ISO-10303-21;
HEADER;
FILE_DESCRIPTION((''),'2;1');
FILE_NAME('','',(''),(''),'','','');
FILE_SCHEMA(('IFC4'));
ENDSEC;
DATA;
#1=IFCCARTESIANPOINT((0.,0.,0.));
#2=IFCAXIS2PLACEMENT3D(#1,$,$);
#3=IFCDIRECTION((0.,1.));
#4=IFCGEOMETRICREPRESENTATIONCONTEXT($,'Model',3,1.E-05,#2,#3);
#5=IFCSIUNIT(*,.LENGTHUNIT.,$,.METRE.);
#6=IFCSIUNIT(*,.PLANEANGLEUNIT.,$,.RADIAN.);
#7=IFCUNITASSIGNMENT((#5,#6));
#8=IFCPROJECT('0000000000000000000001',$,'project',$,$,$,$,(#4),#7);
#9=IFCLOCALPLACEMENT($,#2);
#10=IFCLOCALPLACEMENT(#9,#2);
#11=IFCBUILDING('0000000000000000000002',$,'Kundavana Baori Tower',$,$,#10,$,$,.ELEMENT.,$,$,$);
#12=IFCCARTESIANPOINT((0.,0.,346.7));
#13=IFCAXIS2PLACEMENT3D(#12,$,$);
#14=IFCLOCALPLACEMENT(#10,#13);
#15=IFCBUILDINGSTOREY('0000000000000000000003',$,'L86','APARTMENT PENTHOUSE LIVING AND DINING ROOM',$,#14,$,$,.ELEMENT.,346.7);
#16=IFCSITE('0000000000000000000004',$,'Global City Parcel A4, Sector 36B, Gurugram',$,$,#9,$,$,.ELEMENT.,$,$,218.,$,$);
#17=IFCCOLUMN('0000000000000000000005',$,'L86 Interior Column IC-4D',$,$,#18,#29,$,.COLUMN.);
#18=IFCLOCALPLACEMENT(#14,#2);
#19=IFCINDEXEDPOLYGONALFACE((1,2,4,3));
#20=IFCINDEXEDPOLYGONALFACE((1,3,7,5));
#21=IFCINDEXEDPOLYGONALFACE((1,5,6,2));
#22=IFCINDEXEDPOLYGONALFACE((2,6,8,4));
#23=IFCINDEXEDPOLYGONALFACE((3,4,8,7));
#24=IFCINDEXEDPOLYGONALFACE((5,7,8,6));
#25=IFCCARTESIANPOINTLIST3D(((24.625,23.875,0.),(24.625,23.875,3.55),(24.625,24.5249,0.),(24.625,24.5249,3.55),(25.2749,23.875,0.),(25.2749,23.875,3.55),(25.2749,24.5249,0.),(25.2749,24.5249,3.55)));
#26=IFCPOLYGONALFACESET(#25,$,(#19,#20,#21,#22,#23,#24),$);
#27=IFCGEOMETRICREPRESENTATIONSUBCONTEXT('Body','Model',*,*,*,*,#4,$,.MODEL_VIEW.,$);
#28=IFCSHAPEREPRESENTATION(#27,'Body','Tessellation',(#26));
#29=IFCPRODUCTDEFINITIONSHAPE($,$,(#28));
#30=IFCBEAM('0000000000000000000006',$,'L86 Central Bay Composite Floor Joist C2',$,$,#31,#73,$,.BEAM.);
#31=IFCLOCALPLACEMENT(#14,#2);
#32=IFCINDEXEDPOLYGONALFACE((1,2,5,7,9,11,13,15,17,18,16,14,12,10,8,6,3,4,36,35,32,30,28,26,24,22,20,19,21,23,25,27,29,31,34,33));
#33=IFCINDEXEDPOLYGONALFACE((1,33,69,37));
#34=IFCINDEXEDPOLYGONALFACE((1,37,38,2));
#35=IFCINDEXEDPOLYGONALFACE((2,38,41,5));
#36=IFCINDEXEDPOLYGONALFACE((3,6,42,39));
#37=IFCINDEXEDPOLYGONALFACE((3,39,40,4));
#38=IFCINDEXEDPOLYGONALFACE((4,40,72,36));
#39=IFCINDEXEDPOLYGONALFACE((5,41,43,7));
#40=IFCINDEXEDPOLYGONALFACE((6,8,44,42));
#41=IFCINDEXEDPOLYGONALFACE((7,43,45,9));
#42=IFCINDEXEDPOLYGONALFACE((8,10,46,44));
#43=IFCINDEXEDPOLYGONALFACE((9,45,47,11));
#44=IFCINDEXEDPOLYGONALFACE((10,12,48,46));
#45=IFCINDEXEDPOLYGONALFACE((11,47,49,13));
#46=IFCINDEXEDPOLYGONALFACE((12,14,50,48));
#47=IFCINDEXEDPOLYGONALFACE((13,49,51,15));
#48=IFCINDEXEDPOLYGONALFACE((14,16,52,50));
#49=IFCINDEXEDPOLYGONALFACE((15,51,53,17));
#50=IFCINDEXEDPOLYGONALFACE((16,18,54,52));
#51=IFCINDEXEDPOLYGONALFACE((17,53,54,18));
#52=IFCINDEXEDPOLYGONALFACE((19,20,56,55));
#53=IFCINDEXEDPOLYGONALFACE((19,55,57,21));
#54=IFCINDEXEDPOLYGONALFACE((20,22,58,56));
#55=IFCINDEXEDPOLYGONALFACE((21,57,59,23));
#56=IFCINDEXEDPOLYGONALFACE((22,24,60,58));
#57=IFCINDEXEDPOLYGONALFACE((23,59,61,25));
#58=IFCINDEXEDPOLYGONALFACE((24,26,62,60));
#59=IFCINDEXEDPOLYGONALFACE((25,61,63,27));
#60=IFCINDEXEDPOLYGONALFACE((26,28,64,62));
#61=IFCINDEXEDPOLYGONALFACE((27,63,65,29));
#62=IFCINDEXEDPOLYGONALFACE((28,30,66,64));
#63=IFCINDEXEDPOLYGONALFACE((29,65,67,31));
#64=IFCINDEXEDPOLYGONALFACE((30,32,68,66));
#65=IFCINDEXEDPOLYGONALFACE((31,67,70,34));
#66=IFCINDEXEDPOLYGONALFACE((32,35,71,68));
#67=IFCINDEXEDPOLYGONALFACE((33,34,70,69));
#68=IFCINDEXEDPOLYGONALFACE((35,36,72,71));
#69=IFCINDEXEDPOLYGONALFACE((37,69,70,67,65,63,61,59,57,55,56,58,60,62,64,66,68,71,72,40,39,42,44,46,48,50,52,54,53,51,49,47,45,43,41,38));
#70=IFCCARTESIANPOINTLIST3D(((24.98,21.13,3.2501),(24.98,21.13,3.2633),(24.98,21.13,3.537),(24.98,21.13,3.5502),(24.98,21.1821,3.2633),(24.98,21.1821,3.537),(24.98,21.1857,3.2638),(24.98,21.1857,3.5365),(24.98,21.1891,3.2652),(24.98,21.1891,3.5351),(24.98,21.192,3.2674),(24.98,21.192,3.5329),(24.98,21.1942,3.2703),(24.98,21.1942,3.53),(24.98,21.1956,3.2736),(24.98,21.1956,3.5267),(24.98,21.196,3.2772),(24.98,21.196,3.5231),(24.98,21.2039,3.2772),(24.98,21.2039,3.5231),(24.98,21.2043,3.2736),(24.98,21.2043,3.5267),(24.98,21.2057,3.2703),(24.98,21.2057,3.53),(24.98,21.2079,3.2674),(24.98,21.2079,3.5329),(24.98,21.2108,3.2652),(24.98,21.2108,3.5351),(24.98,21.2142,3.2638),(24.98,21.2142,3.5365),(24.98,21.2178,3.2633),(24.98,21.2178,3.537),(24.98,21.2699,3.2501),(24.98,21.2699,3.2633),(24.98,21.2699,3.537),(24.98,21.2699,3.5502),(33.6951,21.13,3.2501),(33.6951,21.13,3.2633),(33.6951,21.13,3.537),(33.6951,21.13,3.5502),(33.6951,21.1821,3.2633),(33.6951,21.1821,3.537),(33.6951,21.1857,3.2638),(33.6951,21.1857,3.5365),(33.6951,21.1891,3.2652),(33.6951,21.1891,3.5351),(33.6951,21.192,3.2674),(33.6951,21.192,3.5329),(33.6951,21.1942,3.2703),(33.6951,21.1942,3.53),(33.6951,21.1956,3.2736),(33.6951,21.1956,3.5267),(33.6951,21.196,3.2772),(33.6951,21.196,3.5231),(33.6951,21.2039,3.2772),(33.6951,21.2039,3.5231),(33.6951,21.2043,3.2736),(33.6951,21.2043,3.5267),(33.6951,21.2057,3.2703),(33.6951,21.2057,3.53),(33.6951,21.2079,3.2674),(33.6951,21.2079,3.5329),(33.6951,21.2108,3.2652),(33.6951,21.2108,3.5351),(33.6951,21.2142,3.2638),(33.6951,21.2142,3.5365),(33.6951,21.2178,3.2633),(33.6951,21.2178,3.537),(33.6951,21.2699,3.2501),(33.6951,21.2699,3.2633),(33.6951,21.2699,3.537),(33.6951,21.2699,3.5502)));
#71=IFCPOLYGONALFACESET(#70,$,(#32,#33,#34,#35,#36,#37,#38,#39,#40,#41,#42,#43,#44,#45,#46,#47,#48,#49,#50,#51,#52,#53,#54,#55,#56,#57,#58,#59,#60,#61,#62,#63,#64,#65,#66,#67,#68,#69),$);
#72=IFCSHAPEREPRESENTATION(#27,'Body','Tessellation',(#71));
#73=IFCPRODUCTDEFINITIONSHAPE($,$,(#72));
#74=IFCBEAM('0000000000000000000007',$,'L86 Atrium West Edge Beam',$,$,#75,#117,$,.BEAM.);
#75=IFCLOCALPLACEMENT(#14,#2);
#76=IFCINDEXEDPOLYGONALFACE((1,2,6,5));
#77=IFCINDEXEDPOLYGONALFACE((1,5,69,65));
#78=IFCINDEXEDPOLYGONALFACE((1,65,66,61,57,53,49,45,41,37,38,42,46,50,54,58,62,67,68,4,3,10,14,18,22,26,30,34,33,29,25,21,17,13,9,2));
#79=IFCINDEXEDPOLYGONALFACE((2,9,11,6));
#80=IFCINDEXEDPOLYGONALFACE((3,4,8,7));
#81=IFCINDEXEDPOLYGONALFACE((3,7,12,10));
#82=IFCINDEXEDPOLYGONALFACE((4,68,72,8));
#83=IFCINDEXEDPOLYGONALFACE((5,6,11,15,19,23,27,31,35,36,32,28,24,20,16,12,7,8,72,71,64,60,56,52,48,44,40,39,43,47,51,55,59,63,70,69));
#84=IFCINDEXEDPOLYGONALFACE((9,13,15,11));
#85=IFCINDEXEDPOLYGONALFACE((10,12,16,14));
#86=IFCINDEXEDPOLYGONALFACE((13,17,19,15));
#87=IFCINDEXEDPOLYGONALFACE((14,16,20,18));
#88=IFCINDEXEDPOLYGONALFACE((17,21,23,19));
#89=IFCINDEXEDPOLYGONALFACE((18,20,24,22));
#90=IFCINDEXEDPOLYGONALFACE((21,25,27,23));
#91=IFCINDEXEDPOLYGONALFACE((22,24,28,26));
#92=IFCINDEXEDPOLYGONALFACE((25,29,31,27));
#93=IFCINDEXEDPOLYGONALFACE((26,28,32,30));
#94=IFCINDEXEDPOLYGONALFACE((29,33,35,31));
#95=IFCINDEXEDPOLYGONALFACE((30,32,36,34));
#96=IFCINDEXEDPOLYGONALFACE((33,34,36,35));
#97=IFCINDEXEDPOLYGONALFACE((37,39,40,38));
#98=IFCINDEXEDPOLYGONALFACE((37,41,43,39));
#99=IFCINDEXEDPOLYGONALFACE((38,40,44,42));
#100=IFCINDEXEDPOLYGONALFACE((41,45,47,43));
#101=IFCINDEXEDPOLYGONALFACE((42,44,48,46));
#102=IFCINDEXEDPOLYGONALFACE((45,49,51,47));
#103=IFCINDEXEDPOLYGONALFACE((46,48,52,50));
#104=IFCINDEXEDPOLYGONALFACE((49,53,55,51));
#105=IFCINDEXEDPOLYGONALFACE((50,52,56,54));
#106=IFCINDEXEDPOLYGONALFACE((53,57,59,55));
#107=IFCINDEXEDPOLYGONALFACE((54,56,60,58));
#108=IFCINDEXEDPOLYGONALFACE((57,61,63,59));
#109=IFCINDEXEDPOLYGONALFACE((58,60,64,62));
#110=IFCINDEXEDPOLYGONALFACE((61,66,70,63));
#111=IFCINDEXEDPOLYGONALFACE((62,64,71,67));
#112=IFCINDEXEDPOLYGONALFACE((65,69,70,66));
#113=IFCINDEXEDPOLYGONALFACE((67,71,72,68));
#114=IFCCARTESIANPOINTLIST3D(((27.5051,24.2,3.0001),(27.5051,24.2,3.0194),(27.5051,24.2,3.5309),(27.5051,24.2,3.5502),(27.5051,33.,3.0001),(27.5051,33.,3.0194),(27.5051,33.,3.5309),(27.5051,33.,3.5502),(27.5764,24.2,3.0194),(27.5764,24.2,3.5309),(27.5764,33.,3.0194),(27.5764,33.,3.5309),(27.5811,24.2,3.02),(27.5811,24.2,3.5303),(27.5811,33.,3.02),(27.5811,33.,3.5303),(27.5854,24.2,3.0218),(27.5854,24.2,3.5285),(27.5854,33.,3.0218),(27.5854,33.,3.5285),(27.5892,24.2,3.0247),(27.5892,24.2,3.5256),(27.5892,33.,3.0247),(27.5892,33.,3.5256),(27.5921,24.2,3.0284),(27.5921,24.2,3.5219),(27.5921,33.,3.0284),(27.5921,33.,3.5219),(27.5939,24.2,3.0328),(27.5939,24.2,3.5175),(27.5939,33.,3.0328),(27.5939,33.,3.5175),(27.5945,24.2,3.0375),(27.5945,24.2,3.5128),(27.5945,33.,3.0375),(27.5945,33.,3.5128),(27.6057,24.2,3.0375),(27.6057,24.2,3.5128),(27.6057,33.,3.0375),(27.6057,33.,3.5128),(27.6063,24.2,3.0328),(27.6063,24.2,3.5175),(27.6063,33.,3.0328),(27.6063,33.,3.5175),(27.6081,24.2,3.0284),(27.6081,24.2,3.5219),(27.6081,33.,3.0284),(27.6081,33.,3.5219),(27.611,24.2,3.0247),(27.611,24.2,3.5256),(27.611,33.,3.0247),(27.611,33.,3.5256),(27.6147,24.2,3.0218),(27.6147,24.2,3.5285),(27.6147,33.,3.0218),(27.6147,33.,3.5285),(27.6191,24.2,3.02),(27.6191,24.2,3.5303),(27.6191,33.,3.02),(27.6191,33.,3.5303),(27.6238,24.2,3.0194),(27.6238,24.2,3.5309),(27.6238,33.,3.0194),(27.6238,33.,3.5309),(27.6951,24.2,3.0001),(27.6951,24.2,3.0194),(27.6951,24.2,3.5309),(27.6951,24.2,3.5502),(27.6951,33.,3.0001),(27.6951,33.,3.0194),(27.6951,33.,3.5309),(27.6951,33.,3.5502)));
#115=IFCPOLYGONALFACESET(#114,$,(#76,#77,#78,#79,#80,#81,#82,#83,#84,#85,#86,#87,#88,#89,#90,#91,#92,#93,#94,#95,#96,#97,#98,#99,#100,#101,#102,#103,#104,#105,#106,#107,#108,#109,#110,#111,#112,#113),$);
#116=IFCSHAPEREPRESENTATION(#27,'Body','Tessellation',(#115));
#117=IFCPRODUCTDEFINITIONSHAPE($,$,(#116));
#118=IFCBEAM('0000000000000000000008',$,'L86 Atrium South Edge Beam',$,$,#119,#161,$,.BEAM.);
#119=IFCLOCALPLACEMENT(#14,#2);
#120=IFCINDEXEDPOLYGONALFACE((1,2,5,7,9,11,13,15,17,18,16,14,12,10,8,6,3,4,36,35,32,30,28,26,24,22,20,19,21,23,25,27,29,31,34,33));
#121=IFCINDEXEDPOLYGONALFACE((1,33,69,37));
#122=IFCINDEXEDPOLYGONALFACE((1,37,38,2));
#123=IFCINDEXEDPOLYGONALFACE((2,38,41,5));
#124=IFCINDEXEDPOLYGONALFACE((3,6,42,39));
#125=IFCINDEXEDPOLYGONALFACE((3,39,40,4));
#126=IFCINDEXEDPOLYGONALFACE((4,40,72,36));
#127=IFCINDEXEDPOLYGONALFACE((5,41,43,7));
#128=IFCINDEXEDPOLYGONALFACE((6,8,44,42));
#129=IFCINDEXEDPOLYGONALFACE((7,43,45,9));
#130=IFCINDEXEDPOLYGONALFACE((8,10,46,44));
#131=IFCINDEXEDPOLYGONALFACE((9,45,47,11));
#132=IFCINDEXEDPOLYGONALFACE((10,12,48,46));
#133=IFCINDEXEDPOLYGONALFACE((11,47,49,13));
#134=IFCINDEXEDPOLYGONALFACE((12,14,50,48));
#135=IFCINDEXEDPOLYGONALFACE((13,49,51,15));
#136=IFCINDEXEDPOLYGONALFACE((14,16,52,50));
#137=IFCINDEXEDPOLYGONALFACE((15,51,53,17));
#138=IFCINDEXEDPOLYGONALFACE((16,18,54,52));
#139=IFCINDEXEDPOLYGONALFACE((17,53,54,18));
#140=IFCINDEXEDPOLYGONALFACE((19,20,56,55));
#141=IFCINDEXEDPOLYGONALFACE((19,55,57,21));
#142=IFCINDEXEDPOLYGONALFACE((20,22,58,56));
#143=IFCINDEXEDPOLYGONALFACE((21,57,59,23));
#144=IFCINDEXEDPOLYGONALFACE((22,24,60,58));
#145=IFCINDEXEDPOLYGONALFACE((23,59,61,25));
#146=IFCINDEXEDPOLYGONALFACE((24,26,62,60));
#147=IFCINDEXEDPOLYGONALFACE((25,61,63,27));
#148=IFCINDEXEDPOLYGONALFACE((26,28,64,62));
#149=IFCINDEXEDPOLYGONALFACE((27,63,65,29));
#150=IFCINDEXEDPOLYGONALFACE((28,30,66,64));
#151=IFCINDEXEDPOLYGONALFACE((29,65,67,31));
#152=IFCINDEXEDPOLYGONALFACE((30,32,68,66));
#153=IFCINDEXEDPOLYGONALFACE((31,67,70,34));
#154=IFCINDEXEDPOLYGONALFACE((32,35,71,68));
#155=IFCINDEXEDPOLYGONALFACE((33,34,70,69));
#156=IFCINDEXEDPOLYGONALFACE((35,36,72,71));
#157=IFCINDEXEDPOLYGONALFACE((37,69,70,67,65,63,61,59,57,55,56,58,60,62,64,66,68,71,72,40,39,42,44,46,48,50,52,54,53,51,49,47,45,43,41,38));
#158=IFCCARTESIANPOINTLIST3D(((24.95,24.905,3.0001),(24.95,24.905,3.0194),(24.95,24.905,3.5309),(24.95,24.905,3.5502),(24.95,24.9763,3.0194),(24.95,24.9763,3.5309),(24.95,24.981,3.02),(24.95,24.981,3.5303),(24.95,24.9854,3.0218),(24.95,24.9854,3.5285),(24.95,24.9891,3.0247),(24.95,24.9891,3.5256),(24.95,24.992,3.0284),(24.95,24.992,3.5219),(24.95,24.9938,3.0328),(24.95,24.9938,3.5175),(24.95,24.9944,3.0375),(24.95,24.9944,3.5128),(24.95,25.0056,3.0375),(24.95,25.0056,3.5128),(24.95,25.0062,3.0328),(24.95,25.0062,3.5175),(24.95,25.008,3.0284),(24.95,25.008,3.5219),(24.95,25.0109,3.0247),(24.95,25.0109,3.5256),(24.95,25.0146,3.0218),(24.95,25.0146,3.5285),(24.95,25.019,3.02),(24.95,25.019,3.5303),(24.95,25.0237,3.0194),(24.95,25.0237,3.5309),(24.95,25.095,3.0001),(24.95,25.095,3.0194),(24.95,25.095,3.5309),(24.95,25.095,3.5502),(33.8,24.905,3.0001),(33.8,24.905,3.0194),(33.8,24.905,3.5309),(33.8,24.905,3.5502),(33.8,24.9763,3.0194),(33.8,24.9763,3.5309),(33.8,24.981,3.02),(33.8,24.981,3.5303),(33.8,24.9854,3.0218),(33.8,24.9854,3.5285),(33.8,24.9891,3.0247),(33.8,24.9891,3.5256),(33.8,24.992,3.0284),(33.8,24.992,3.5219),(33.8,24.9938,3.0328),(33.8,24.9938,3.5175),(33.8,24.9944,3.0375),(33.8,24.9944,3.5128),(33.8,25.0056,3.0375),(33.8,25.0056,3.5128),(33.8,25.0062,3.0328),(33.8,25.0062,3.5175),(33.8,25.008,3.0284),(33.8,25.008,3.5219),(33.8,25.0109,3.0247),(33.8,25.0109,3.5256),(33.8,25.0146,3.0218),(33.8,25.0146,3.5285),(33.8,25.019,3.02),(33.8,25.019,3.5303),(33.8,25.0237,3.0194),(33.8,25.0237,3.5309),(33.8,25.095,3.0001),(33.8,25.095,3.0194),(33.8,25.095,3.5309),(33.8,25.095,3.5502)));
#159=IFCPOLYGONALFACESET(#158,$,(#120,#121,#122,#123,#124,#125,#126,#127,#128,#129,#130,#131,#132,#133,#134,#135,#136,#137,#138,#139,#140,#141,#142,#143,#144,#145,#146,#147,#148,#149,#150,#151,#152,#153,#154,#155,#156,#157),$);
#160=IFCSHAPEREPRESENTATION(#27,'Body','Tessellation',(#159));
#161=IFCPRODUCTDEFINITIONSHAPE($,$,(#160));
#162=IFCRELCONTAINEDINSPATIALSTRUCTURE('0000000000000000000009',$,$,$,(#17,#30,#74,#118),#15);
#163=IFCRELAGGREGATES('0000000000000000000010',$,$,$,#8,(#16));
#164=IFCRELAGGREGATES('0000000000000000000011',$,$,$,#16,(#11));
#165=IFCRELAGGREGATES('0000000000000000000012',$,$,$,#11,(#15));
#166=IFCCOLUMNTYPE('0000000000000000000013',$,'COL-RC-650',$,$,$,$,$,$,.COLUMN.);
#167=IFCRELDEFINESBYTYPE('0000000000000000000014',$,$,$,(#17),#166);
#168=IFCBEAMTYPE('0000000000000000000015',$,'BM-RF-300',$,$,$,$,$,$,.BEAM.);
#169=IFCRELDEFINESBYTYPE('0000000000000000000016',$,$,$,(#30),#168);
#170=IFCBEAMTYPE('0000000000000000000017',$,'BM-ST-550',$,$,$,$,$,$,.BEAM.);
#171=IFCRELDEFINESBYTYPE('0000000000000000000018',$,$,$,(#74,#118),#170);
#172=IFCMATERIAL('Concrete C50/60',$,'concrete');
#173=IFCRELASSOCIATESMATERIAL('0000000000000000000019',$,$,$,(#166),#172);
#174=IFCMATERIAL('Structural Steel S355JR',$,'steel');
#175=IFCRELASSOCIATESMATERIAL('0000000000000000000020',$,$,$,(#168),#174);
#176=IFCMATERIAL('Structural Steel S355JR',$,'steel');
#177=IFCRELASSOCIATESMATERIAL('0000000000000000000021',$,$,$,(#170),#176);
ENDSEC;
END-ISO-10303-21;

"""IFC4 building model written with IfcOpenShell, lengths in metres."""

from ifc_helpers import new_model, si_unit, direction, frame, origin, origin_2d, place, context, subcontext, project, spatial, rectangle, i_section, extrude, material, material_profile, profile_set, type_object, element, save


model = new_model("IFC4")

# Units and contexts
model_context = context("Model", 3, precision=1e-05, world=origin(), true_north=direction((0.0, 1.0)))
body_context = subcontext(model_context, "Body", "Model", "MODEL_VIEW")
ifc_project = project(units=[si_unit("LENGTHUNIT", "METRE"), si_unit("PLANEANGLEUNIT", "RADIAN")], contexts=[model_context])

# Site, building, storey
site_placement = place(None, origin())
site = spatial("IfcSite", under=ifc_project, at=site_placement, Name="Global City Parcel A4, Sector 36B, Gurugram", CompositionType="ELEMENT", RefElevation=218.0)
building_placement = place(site_placement, origin())
building = spatial("IfcBuilding", under=site, at=building_placement, Name="Kundavana Baori Tower", CompositionType="ELEMENT")
storey_placement = place(building_placement, frame((0.0, 0.0, 346.7)))
storey = spatial("IfcBuildingStorey", under=building, at=storey_placement, Name="L86", Description="APARTMENT PENTHOUSE LIVING AND DINING ROOM", CompositionType="ELEMENT", Elevation=346.7)

# Column
ifc_material_1 = material(Name="Concrete C50/60", Category="concrete")
ifc_material_profile_1 = material_profile(ifc_material_1, rectangle(XDim=0.6499, YDim=0.6499, at=origin_2d()), Name="RC 650x650")
ifc_profile_set_1 = profile_set([ifc_material_profile_1], Name="Concrete C50/60")
column_type = type_object("IfcColumnType", Name="COL-RC-650", PredefinedType="COLUMN", material=ifc_profile_set_1)
column_placement = place(storey_placement, frame((24.95, 24.2, 0.0), z_axis=(0.0, 0.0, 1.0), x_axis=(1.0, 0.0, 0.0)))
element("IfcColumn", 1, at=column_placement, inside=storey, type_object=column_type, Name="L86 Interior Column IC-4D", PredefinedType="COLUMN", context=body_context, shape_type="SweptSolid", body=[
    extrude(rectangle(XDim=0.6499, YDim=0.6499, at=origin_2d()), origin(), (0.0, 0.0, 1.0), 3.55),
])

# Beams
ifc_material_2 = material(Name="Structural Steel S355JR", Category="steel")
ifc_material_profile_2 = material_profile(ifc_material_2, i_section(OverallWidth=0.1399, OverallDepth=0.3, WebThickness=0.0078, FlangeThickness=0.0132, FilletRadius=0.0139, at=origin_2d()), Name="ISMB 300")
ifc_profile_set_2 = profile_set([ifc_material_profile_2], Name="Structural Steel S355JR")
beam_type_1 = type_object("IfcBeamType", Name="BM-RF-300", PredefinedType="BEAM", material=ifc_profile_set_2)
beam_1_placement = place(storey_placement, frame((24.98, 21.2, 3.4001), z_axis=(1.0, 0.0, 0.0), x_axis=(0.0, 1.0, 0.0)))
element("IfcBeam", 2, at=beam_1_placement, inside=storey, type_object=beam_type_1, Name="L86 Central Bay Composite Floor Joist C2", PredefinedType="BEAM", context=body_context, shape_type="SweptSolid", body=[
    extrude(i_section(OverallWidth=0.1399, OverallDepth=0.3, WebThickness=0.0078, FlangeThickness=0.0132, FilletRadius=0.0139, at=origin_2d()), origin(), (0.0, 0.0, 1.0), 8.7151),
])
ifc_material_3 = material(Name="Structural Steel S355JR", Category="steel")
ifc_material_profile_3 = material_profile(ifc_material_3, i_section(OverallWidth=0.1899, OverallDepth=0.55, WebThickness=0.0112, FlangeThickness=0.0193, FilletRadius=0.0181, at=origin_2d()), Name="ISMB 550")
ifc_profile_set_3 = profile_set([ifc_material_profile_3], Name="Structural Steel S355JR")
beam_type_2 = type_object("IfcBeamType", Name="BM-ST-550", PredefinedType="BEAM", material=ifc_profile_set_3)
beam_2_placement = place(storey_placement, frame((27.6001, 24.2, 3.2751), z_axis=(0.0, 1.0, 0.0), x_axis=(-1.0, 0.0, 0.0)))
element("IfcBeam", 3, at=beam_2_placement, inside=storey, type_object=beam_type_2, Name="L86 Atrium West Edge Beam", PredefinedType="BEAM", context=body_context, shape_type="SweptSolid", body=[
    extrude(i_section(OverallWidth=0.1899, OverallDepth=0.55, WebThickness=0.0112, FlangeThickness=0.0193, FilletRadius=0.0181, at=origin_2d()), origin(), (0.0, 0.0, 1.0), 8.8),
])
beam_3_placement = place(storey_placement, frame((24.95, 25.0, 3.2751), z_axis=(1.0, 0.0, 0.0), x_axis=(0.0, 1.0, 0.0)))
element("IfcBeam", 4, at=beam_3_placement, inside=storey, type_object=beam_type_2, Name="L86 Atrium South Edge Beam", PredefinedType="BEAM", context=body_context, shape_type="SweptSolid", body=[
    extrude(i_section(OverallWidth=0.1899, OverallDepth=0.55, WebThickness=0.0112, FlangeThickness=0.0193, FilletRadius=0.0181, at=origin_2d()), origin(), (0.0, 0.0, 1.0), 8.8501),
])

save(model, "model.ifc")
